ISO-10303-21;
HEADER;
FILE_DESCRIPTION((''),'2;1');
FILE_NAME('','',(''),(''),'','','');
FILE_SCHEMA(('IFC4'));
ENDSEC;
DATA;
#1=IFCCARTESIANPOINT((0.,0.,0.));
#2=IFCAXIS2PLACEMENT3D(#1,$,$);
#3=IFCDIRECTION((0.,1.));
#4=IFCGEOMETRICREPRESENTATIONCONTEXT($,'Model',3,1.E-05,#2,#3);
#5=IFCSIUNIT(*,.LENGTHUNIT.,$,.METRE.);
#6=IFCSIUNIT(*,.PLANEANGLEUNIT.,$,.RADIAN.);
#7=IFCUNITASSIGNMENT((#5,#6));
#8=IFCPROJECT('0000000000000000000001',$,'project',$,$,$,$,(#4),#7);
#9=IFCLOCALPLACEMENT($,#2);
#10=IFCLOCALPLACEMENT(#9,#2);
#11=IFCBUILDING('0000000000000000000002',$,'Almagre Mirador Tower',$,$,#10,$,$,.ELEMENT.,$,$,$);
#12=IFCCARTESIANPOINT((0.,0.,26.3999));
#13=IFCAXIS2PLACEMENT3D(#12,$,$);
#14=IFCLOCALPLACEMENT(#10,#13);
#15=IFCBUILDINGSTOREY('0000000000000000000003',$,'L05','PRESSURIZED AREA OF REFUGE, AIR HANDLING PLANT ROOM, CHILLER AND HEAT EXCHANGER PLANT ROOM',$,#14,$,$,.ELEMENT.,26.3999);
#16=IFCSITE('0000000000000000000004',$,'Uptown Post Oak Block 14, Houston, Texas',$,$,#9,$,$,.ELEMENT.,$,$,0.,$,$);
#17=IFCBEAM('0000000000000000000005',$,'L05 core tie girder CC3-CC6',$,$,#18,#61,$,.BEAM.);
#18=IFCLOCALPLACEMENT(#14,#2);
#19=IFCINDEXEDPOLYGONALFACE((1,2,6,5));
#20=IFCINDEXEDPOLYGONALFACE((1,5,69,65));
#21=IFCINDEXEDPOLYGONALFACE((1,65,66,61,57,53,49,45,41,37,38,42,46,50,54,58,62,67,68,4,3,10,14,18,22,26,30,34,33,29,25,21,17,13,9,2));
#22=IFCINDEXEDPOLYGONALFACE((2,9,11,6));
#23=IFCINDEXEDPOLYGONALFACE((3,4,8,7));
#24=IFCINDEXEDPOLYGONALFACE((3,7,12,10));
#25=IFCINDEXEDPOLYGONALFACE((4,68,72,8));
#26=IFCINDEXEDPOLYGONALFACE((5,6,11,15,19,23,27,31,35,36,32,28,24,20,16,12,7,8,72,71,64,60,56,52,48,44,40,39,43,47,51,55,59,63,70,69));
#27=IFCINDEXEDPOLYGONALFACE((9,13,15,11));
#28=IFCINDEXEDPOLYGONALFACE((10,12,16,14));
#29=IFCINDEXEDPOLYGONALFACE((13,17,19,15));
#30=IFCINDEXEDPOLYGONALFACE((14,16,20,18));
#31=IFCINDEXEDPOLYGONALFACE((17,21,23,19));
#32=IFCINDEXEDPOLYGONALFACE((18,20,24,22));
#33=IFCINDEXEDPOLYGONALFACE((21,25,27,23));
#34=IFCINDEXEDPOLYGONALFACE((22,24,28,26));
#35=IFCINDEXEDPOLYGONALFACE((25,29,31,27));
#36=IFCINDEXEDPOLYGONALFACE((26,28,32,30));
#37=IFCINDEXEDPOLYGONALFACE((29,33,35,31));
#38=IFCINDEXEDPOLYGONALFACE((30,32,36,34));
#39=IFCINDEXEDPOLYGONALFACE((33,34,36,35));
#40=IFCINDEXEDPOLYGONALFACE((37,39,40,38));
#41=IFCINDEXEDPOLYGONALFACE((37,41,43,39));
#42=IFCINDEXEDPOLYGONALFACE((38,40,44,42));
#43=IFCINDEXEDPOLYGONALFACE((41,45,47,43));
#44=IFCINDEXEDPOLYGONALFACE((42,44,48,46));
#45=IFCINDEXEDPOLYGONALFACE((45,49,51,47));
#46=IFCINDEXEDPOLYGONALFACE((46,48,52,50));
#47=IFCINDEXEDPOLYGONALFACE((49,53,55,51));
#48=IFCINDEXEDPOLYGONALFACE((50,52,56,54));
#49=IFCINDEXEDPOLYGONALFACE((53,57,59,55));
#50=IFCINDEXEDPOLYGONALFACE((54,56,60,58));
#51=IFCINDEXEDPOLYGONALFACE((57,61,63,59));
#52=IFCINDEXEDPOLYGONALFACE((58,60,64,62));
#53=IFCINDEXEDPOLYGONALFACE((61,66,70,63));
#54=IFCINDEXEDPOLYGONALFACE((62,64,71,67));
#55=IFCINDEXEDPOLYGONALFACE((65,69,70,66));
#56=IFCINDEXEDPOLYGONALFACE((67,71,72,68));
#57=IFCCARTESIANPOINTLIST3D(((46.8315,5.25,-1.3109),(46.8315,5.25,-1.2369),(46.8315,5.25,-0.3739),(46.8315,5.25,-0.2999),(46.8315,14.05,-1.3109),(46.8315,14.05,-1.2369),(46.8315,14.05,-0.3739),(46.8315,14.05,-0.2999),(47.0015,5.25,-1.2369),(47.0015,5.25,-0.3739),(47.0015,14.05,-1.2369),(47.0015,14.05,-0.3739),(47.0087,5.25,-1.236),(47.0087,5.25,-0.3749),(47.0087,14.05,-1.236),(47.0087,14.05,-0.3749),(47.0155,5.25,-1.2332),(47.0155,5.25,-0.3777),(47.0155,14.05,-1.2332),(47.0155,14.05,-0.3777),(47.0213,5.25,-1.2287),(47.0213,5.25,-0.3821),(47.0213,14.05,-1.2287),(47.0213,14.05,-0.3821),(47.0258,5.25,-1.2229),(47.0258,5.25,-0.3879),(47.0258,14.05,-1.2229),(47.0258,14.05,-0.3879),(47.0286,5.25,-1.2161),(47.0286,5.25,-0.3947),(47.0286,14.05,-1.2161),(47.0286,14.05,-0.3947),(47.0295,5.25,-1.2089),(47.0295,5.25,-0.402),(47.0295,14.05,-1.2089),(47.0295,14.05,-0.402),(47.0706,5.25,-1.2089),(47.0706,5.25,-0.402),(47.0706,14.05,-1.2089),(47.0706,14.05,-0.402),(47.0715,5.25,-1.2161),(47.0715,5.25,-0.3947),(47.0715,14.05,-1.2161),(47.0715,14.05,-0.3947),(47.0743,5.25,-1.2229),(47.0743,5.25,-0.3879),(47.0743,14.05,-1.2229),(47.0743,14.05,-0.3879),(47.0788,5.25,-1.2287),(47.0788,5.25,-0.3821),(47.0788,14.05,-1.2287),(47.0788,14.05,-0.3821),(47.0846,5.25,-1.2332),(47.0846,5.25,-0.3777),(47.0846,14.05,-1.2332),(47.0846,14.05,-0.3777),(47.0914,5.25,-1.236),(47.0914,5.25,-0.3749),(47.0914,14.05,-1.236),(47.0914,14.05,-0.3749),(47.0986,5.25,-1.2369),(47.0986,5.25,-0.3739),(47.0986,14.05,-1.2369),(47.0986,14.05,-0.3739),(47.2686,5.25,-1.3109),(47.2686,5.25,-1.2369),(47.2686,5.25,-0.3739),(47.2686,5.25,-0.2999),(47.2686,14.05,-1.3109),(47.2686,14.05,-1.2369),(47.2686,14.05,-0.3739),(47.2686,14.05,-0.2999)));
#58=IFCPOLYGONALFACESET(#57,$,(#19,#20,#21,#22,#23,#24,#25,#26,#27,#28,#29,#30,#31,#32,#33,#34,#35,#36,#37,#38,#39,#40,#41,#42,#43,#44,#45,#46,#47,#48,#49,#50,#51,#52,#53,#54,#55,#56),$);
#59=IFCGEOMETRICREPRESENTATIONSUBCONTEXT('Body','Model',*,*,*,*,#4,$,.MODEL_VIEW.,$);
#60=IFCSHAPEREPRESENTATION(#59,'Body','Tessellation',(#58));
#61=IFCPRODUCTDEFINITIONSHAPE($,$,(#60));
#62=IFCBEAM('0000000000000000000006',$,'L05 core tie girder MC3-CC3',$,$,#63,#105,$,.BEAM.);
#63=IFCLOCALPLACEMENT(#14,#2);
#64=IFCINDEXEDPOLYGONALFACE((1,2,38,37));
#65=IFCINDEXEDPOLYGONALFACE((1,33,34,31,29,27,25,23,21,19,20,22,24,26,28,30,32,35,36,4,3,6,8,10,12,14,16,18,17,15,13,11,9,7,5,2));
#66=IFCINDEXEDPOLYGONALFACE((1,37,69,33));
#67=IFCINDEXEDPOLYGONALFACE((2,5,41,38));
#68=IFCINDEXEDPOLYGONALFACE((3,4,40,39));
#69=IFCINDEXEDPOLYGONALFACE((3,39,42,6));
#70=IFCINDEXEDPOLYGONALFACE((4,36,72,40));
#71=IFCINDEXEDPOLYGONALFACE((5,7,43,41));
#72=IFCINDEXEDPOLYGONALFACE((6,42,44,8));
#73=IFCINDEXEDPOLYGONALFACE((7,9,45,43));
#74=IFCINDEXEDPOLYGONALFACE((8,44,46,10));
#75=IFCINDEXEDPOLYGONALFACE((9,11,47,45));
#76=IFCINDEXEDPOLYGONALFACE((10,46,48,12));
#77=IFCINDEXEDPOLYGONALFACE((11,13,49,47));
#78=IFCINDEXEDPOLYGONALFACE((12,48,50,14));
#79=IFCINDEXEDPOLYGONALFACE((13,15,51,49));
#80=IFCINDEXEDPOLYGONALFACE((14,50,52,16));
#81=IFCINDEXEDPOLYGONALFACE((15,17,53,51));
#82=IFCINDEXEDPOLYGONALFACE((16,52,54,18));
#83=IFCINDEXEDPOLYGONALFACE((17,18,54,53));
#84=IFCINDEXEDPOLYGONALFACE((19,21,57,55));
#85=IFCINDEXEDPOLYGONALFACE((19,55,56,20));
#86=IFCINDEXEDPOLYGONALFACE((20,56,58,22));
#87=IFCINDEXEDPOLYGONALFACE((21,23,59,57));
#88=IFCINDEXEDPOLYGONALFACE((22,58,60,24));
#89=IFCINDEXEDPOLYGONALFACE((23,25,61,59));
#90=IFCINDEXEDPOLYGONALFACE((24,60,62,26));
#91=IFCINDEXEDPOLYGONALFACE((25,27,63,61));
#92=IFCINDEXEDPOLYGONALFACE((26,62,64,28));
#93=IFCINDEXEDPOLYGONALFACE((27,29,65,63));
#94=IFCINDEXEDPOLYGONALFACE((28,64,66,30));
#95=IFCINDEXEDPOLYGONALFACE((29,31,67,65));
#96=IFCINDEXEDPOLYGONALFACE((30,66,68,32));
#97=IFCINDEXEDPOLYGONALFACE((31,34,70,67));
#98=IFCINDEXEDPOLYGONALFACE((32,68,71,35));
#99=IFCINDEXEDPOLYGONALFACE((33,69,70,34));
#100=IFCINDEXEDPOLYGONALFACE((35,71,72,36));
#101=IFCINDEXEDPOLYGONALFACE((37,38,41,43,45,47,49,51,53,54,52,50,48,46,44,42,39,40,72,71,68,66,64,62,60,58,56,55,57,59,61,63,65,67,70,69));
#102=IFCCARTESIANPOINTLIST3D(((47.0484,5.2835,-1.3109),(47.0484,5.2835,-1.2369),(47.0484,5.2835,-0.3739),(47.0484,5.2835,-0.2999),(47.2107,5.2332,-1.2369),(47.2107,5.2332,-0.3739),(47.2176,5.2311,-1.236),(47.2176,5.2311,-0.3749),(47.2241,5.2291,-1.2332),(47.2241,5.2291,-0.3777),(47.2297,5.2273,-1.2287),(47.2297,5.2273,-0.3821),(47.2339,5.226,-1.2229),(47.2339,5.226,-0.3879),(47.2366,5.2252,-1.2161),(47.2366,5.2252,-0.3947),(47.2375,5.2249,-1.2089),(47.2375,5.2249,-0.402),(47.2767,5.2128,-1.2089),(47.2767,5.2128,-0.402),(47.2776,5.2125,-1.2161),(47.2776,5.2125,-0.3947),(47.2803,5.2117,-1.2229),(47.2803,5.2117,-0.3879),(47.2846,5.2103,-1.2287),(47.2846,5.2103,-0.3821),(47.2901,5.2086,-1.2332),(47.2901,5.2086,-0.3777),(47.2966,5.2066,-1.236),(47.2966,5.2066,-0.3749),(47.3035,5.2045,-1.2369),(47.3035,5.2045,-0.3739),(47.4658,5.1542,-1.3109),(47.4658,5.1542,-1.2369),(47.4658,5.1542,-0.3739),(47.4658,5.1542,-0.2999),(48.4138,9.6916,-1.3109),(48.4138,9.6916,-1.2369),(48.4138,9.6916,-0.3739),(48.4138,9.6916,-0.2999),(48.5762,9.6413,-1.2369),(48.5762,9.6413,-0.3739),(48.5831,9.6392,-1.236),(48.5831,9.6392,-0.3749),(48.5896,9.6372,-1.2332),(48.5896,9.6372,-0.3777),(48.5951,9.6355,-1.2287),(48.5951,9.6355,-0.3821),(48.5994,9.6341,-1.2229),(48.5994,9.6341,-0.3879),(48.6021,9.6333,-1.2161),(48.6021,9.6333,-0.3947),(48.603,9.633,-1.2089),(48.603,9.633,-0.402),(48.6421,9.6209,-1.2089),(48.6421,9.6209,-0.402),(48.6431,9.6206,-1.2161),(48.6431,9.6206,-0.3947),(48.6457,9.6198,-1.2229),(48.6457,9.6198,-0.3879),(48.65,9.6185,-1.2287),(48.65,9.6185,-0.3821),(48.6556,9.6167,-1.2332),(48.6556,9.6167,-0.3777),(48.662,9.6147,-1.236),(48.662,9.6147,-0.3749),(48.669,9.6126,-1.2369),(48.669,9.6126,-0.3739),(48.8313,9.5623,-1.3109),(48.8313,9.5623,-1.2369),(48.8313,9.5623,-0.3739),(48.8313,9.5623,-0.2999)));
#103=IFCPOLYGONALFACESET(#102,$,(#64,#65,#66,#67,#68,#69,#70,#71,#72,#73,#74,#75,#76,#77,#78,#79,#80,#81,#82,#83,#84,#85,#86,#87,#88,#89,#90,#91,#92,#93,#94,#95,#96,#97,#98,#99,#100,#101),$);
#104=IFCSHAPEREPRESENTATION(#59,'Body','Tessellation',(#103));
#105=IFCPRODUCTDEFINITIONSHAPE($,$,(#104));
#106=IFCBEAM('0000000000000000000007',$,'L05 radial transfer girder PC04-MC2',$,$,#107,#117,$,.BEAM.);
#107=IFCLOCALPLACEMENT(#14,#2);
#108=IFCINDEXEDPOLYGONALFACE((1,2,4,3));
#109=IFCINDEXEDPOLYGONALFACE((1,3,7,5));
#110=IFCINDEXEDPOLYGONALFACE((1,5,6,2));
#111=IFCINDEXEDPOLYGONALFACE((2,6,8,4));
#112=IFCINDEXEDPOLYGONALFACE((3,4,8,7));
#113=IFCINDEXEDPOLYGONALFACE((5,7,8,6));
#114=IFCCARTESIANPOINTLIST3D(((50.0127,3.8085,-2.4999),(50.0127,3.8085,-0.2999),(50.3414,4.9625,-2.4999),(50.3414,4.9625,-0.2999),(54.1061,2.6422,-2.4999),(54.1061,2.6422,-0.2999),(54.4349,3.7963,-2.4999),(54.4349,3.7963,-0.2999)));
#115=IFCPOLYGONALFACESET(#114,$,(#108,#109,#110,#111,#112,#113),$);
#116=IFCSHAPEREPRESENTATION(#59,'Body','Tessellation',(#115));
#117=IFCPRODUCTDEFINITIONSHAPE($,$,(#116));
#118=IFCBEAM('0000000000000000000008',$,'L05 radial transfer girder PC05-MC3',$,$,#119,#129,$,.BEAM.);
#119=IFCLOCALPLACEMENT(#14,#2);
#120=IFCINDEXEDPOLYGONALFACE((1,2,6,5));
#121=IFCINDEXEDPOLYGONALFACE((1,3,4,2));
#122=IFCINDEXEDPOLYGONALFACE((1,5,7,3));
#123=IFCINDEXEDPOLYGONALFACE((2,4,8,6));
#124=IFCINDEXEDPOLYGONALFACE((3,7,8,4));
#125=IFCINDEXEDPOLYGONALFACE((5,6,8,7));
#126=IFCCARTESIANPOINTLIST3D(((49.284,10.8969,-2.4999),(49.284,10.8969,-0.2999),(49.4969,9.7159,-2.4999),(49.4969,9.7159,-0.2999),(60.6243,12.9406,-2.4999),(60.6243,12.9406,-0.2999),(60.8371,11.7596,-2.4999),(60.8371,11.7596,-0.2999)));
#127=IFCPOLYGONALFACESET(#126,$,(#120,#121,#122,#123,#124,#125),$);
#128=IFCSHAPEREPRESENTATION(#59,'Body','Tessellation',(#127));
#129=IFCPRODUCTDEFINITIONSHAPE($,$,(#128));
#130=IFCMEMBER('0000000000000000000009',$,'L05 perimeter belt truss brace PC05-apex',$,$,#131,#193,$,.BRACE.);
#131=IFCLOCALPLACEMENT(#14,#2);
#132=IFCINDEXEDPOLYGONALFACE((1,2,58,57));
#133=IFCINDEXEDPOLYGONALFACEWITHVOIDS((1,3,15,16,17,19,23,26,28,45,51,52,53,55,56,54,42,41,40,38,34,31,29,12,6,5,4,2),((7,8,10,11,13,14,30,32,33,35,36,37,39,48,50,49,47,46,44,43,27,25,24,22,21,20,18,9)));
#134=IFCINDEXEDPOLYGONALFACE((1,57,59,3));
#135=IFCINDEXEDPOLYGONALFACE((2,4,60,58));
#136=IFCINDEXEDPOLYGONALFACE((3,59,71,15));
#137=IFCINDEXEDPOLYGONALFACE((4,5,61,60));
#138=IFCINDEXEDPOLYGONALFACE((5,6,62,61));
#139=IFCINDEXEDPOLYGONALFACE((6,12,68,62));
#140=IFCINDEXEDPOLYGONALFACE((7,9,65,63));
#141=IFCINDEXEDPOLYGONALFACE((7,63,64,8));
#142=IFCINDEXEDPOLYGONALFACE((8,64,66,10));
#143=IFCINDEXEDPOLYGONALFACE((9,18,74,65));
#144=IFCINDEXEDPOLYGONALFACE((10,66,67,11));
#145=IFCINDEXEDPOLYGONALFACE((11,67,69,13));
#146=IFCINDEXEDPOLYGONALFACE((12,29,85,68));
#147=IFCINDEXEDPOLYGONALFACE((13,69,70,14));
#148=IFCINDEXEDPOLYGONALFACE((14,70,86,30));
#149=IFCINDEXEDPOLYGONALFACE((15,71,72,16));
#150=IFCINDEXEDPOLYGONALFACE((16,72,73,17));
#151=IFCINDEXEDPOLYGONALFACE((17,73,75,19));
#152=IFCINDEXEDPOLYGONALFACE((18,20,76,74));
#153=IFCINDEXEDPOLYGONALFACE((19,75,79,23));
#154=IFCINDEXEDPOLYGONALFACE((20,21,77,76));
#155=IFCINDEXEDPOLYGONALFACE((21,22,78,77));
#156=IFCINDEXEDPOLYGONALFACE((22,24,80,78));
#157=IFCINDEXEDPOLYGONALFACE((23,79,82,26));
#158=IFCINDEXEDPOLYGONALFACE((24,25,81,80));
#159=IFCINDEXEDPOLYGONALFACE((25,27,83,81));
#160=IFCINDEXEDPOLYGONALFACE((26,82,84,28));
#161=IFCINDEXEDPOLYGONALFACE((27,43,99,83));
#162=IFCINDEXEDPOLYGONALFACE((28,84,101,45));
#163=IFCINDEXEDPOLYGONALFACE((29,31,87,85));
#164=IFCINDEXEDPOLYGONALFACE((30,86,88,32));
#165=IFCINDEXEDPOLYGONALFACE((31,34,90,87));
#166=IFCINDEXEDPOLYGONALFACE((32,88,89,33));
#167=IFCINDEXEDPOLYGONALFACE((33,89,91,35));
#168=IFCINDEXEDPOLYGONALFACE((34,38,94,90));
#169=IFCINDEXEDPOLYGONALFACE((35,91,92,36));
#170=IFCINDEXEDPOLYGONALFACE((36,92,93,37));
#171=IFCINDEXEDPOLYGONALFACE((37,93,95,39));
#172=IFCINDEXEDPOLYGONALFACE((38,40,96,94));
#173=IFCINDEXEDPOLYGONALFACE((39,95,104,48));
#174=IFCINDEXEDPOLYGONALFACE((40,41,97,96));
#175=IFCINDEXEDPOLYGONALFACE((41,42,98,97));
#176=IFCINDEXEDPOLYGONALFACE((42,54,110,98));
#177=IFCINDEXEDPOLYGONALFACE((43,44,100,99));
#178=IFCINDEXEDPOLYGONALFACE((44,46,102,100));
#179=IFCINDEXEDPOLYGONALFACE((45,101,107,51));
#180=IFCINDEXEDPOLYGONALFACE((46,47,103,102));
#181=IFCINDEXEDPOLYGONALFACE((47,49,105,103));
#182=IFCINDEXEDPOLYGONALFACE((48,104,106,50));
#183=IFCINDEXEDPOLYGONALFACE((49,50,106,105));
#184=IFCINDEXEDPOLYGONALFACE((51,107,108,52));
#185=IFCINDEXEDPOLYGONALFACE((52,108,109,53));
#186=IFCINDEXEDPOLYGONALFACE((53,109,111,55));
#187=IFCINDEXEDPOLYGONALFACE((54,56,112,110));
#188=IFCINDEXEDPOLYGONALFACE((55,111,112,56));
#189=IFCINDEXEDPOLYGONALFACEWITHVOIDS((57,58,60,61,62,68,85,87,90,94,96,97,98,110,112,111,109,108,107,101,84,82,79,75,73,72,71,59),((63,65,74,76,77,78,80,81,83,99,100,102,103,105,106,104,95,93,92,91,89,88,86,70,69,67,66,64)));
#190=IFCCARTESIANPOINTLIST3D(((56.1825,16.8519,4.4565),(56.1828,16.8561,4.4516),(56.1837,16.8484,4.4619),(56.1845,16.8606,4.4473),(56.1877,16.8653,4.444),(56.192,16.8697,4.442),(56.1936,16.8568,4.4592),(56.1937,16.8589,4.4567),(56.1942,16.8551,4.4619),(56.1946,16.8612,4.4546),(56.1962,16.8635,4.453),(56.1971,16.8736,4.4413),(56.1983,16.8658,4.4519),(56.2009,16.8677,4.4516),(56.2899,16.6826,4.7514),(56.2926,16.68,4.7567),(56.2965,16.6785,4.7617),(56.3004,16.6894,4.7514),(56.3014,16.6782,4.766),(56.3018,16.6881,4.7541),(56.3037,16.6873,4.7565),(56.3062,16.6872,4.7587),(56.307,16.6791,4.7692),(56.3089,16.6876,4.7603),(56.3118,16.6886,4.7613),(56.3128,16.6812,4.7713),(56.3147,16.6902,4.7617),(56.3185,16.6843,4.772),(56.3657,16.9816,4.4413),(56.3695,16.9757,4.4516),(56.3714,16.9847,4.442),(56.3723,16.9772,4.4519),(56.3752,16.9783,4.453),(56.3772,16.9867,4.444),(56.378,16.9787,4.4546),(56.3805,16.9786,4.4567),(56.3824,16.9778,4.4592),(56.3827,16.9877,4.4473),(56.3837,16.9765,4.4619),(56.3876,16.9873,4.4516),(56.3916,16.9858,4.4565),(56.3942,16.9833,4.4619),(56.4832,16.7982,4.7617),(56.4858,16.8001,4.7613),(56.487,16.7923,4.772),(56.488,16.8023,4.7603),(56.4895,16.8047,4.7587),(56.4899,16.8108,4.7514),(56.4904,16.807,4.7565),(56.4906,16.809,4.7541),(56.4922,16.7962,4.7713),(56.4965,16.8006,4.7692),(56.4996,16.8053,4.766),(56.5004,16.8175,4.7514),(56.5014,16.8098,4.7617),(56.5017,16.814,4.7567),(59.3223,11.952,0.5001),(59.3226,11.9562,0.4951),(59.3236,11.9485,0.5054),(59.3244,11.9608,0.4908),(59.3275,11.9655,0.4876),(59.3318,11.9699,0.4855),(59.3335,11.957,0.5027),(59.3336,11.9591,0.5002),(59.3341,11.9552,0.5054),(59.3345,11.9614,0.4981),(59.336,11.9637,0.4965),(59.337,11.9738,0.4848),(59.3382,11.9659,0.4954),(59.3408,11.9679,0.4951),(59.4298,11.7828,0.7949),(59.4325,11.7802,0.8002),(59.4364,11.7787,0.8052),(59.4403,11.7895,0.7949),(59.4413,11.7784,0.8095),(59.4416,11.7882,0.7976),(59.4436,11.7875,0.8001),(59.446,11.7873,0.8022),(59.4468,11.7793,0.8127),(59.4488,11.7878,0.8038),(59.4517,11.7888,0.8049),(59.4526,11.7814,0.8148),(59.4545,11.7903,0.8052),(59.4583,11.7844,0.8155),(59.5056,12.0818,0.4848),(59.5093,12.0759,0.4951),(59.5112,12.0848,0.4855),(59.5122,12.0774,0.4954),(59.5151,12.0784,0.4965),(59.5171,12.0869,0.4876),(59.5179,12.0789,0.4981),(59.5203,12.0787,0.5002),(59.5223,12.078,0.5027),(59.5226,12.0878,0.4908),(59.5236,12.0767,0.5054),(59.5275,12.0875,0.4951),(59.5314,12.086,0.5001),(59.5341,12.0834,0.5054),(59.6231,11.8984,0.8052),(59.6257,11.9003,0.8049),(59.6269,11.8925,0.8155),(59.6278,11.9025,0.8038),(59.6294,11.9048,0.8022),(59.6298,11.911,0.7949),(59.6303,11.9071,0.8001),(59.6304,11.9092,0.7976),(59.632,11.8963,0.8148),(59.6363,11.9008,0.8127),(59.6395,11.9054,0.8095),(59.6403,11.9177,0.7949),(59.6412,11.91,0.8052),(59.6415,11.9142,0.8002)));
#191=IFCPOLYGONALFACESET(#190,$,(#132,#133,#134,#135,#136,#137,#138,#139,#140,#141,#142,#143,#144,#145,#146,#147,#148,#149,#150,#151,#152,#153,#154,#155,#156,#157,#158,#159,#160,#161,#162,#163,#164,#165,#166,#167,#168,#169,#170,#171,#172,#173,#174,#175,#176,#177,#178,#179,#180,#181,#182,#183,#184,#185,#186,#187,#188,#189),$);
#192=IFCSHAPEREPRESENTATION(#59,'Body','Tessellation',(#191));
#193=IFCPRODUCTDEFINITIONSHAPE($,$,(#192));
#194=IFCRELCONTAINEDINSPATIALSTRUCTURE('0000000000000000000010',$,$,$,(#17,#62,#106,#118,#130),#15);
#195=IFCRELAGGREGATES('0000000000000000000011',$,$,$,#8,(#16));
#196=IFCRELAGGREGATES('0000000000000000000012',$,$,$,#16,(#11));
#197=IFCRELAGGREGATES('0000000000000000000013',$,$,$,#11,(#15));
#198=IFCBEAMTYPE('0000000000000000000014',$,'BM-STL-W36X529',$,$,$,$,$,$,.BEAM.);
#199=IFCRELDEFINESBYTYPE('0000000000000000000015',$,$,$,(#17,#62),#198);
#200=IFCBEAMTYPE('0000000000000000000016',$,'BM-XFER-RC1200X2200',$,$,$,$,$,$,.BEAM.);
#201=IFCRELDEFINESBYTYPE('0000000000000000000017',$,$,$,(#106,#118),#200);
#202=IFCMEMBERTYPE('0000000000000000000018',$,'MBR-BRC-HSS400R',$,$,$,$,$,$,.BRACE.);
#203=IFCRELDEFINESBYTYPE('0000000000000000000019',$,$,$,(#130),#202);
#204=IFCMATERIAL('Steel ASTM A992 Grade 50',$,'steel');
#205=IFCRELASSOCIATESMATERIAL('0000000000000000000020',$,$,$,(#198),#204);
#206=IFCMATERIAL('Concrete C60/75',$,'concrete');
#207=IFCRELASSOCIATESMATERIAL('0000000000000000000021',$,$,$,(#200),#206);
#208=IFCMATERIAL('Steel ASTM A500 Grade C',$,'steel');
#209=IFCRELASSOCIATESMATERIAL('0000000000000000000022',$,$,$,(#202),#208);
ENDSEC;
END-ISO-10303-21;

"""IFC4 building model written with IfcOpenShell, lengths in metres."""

from ifc_helpers import new_model, si_unit, direction, frame, origin, origin_2d, place, context, subcontext, project, spatial, rectangle, hollow_rectangle, i_section, extrude, material, material_profile, profile_set, type_object, element, save


model = new_model("IFC4")

# Units and contexts
model_context = context("Model", 3, precision=1e-05, world=origin(), true_north=direction((0.0, 1.0)))
body_context = subcontext(model_context, "Body", "Model", "MODEL_VIEW")
ifc_project = project(units=[si_unit("LENGTHUNIT", "METRE"), si_unit("PLANEANGLEUNIT", "RADIAN")], contexts=[model_context])

# Site, building, storey
site_placement = place(None, origin())
site = spatial("IfcSite", under=ifc_project, at=site_placement, Name="Uptown Post Oak Block 14, Houston, Texas", CompositionType="ELEMENT", RefElevation=0.0)
building_placement = place(site_placement, origin())
building = spatial("IfcBuilding", under=site, at=building_placement, Name="Almagre Mirador Tower", CompositionType="ELEMENT")
storey_placement = place(building_placement, frame((0.0, 0.0, 26.3999)))
storey = spatial("IfcBuildingStorey", under=building, at=storey_placement, Name="L05", Description="PRESSURIZED AREA OF REFUGE, AIR HANDLING PLANT ROOM, CHILLER AND HEAT EXCHANGER PLANT ROOM", CompositionType="ELEMENT", Elevation=26.3999)

# Beams
ifc_material_1 = material(Name="Steel ASTM A992 Grade 50", Category="steel")
ifc_material_profile_1 = material_profile(ifc_material_1, i_section(OverallWidth=0.437, OverallDepth=1.011, WebThickness=0.041, FlangeThickness=0.074, FilletRadius=0.0281, at=origin_2d()), Name="W36X529")
ifc_profile_set_1 = profile_set([ifc_material_profile_1], Name="Steel ASTM A992 Grade 50")
beam_type_1 = type_object("IfcBeamType", Name="BM-STL-W36X529", PredefinedType="BEAM", material=ifc_profile_set_1)
beam_1_placement = place(storey_placement, frame((47.05, 5.25, -0.8054), z_axis=(0.0, 1.0, 0.0), x_axis=(-1.0, 0.0, 0.0)))
element("IfcBeam", 1, at=beam_1_placement, inside=storey, type_object=beam_type_1, Name="L05 core tie girder CC3-CC6", PredefinedType="BEAM", context=body_context, shape_type="SweptSolid", body=[
    extrude(i_section(OverallWidth=0.437, OverallDepth=1.011, WebThickness=0.041, FlangeThickness=0.074, FilletRadius=0.0281, at=origin_2d()), origin(), (0.0, 0.0, 1.0), 8.8),
])
beam_2_placement = place(storey_placement, frame((48.6226, 9.627, -0.8054), z_axis=(-0.295888, -0.955223, 0.0), x_axis=(0.955223, -0.295888, 0.0)))
element("IfcBeam", 2, at=beam_2_placement, inside=storey, type_object=beam_type_1, Name="L05 core tie girder MC3-CC3", PredefinedType="BEAM", context=body_context, shape_type="SweptSolid", body=[
    extrude(i_section(OverallWidth=0.437, OverallDepth=1.011, WebThickness=0.041, FlangeThickness=0.074, FilletRadius=0.0281, at=origin_2d()), origin(), (0.0, 0.0, 1.0), 4.6147),
])
ifc_material_2 = material(Name="Concrete C60/75", Category="concrete")
ifc_material_profile_2 = material_profile(ifc_material_2, rectangle(XDim=1.2, YDim=2.2, at=origin_2d()), Name="RC1200X2200")
ifc_profile_set_2 = profile_set([ifc_material_profile_2], Name="Concrete C60/75")
beam_type_2 = type_object("IfcBeamType", Name="BM-XFER-RC1200X2200", PredefinedType="BEAM", material=ifc_profile_set_2)
beam_3_placement = place(storey_placement, frame((54.2705, 3.2192, -1.3999), z_axis=(-0.961729, 0.274001, 0.0), x_axis=(-0.274001, -0.961729, 0.0)))
element("IfcBeam", 3, at=beam_3_placement, inside=storey, type_object=beam_type_2, Name="L05 radial transfer girder PC04-MC2", PredefinedType="BEAM", context=body_context, shape_type="SweptSolid", body=[
    extrude(rectangle(XDim=1.2, YDim=2.2, at=origin_2d()), origin(), (0.0, 0.0, 1.0), 4.2563),
])
beam_4_placement = place(storey_placement, frame((60.7307, 12.3501, -1.3999), z_axis=(-0.984146, -0.177358, 0.0), x_axis=(0.177358, -0.984146, 0.0)))
element("IfcBeam", 4, at=beam_4_placement, inside=storey, type_object=beam_type_2, Name="L05 radial transfer girder PC05-MC3", PredefinedType="BEAM", context=body_context, shape_type="SweptSolid", body=[
    extrude(rectangle(XDim=1.2, YDim=2.2, at=origin_2d()), origin(), (0.0, 0.0, 1.0), 11.5229),
])

# Member
ifc_material_3 = material(Name="Steel ASTM A500 Grade C", Category="steel")
ifc_material_profile_3 = material_profile(ifc_material_3, hollow_rectangle(XDim=0.25, YDim=0.3999, WallThickness=0.0125, InnerFilletRadius=0.0125, OuterFilletRadius=0.0249, at=origin_2d()), Name="HSS400X250X12.5")
ifc_profile_set_3 = profile_set([ifc_material_profile_3], Name="Steel ASTM A500 Grade C")
member_type_1 = type_object("IfcMemberType", Name="MBR-BRC-HSS400R", PredefinedType="BRACE", material=ifc_profile_set_3)
member_1_placement = place(storey_placement, frame((59.4819, 11.9331, 0.6501), z_axis=(-0.446185, 0.696286, 0.562232), x_axis=(-0.841963, -0.539536, 0.0)))
element("IfcMember", 5, at=member_1_placement, inside=storey, type_object=member_type_1, Name="L05 perimeter belt truss brace PC05-apex", PredefinedType="BRACE", context=body_context, shape_type="SweptSolid", body=[
    extrude(hollow_rectangle(XDim=0.25, YDim=0.3999, WallThickness=0.0125, InnerFilletRadius=0.0125, OuterFilletRadius=0.0249, at=origin_2d()), origin(), (0.0, 0.0, 1.0), 7.0371),
])

save(model, "model.ifc")
